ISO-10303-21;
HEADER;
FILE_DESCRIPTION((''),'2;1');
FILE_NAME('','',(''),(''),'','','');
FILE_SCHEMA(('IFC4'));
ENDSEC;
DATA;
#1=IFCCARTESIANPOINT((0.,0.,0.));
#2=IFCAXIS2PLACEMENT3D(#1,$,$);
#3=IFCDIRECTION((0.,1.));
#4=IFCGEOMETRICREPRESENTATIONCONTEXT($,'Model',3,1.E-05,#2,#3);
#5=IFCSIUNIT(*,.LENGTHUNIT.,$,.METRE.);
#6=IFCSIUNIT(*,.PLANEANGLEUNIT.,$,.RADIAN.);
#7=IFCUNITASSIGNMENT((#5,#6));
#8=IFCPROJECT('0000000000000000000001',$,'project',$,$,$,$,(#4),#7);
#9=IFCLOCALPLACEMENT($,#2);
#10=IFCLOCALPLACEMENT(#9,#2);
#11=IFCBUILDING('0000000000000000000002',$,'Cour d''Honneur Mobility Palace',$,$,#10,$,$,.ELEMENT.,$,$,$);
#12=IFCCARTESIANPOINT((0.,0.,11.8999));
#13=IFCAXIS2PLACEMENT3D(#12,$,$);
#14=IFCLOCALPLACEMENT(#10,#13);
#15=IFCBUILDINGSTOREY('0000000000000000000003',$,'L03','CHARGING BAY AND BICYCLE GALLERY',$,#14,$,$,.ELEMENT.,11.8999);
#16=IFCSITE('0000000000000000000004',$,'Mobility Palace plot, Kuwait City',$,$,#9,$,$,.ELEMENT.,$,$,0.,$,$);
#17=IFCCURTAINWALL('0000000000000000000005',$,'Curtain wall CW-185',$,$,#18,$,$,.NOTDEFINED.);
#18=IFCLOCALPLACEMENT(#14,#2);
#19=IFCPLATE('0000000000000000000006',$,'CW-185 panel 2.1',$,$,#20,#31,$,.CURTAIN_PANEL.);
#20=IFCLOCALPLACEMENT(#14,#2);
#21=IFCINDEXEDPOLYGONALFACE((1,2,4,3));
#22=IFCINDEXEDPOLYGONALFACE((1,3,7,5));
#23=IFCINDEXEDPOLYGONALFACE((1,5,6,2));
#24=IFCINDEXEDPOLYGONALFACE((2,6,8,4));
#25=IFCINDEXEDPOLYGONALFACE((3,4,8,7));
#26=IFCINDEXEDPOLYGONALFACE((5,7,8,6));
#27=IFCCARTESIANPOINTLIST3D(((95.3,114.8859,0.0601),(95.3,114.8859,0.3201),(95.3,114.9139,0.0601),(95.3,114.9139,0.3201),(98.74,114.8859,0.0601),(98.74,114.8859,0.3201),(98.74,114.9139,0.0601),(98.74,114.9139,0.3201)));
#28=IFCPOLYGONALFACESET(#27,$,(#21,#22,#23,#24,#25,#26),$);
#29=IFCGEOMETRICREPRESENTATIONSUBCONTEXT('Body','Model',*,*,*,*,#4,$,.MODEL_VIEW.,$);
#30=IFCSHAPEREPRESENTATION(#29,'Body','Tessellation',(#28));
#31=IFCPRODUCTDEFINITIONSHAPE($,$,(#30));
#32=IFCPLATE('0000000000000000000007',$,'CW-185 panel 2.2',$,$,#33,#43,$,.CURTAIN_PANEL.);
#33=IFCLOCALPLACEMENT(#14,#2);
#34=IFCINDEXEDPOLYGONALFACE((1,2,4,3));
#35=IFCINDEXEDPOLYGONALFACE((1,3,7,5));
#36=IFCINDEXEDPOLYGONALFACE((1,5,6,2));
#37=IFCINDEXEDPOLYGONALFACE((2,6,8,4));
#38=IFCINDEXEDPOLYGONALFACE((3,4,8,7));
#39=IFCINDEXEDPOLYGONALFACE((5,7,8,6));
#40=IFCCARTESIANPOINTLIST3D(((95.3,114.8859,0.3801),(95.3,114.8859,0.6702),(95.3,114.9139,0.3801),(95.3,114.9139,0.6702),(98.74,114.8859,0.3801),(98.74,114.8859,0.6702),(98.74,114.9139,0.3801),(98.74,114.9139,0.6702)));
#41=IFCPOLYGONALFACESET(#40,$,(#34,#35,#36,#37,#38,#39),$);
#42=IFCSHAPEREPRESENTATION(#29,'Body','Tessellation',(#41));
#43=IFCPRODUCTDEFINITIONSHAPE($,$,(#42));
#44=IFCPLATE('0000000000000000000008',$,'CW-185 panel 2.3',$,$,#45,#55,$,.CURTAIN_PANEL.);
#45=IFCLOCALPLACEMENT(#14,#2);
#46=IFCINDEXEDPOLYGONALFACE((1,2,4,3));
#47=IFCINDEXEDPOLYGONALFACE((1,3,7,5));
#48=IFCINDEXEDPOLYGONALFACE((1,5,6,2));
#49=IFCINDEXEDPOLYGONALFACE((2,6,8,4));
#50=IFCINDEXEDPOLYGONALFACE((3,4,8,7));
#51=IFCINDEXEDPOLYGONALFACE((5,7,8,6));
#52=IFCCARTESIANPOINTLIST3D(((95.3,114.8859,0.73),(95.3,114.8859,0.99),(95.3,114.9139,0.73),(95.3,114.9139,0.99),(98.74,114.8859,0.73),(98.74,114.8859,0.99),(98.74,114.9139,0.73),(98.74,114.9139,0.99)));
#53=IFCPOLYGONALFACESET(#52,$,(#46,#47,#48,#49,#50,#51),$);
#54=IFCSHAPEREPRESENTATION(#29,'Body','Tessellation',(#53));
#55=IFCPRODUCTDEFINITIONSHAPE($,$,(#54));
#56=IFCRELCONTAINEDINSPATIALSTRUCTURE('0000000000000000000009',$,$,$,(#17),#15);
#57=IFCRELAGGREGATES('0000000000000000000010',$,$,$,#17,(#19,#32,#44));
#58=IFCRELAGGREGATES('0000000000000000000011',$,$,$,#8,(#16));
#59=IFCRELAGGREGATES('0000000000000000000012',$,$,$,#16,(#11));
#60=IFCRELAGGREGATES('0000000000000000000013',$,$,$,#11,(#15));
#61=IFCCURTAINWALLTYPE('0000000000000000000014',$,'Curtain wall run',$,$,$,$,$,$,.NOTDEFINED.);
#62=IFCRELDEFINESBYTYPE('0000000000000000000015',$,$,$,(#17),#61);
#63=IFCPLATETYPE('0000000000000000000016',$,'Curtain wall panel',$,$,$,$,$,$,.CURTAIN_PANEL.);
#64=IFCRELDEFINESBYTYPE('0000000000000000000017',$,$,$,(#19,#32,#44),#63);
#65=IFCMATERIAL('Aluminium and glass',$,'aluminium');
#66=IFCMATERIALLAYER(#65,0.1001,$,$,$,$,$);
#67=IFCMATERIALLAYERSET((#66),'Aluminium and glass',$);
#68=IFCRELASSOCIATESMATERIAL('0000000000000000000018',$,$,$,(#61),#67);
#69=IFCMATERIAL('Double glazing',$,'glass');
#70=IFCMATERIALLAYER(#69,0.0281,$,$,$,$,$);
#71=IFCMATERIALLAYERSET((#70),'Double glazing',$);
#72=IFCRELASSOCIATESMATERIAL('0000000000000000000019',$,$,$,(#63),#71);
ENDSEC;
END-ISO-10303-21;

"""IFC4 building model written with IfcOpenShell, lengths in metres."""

from ifc_helpers import new_model, si_unit, direction, frame, origin, origin_2d, place, context, subcontext, project, spatial, rectangle, extrude, material, layer, layer_set, type_object, element, aggregate, save


model = new_model("IFC4")

# Units and contexts
model_context = context("Model", 3, precision=1e-05, world=origin(), true_north=direction((0.0, 1.0)))
body_context = subcontext(model_context, "Body", "Model", "MODEL_VIEW")
ifc_project = project(units=[si_unit("LENGTHUNIT", "METRE"), si_unit("PLANEANGLEUNIT", "RADIAN")], contexts=[model_context])

# Site, building, storey
site_placement = place(None, origin())
site = spatial("IfcSite", under=ifc_project, at=site_placement, Name="Mobility Palace plot, Kuwait City", CompositionType="ELEMENT", RefElevation=0.0)
building_placement = place(site_placement, origin())
building = spatial("IfcBuilding", under=site, at=building_placement, Name="Cour d'Honneur Mobility Palace", CompositionType="ELEMENT")
storey_placement = place(building_placement, frame((0.0, 0.0, 11.8999)))
storey = spatial("IfcBuildingStorey", under=building, at=storey_placement, Name="L03", Description="CHARGING BAY AND BICYCLE GALLERY", CompositionType="ELEMENT", Elevation=11.8999)

# Curtain wall
ifc_material_1 = material(Name="Aluminium and glass", Category="aluminium")
ifc_layer_1 = layer(ifc_material_1, 0.1001)
ifc_layer_set_1 = layer_set([ifc_layer_1], Name="Aluminium and glass")
curtain_wall_type = type_object("IfcCurtainWallType", Name="Curtain wall run", PredefinedType="NOTDEFINED", material=ifc_layer_set_1)
curtain_wall_1_placement = place(storey_placement, origin())
curtain_wall_1 = element("IfcCurtainWall", 1, at=curtain_wall_1_placement, inside=storey, type_object=curtain_wall_type, Name="Curtain wall CW-185", PredefinedType="NOTDEFINED")

# Plates
ifc_material_2 = material(Name="Double glazing", Category="glass")
ifc_layer_2 = layer(ifc_material_2, 0.0281)
ifc_layer_set_2 = layer_set([ifc_layer_2], Name="Double glazing")
plate_type = type_object("IfcPlateType", Name="Curtain wall panel", PredefinedType="CURTAIN_PANEL", material=ifc_layer_set_2)
plate_1_placement = place(storey_placement, frame((97.02, 114.8999, 0.0601), z_axis=(0.0, 0.0, 1.0), x_axis=(1.0, 0.0, 0.0)))
plate_1 = element("IfcPlate", 2, at=plate_1_placement, type_object=plate_type, Name="CW-185 panel 2.1", PredefinedType="CURTAIN_PANEL", context=body_context, shape_type="SweptSolid", body=[
    extrude(rectangle(XDim=3.4399, YDim=0.0281, at=origin_2d()), origin(), (0.0, 0.0, 1.0), 0.26),
])
plate_2_placement = place(storey_placement, frame((97.02, 114.8999, 0.3801), z_axis=(0.0, 0.0, 1.0), x_axis=(1.0, 0.0, 0.0)))
plate_2 = element("IfcPlate", 3, at=plate_2_placement, type_object=plate_type, Name="CW-185 panel 2.2", PredefinedType="CURTAIN_PANEL", context=body_context, shape_type="SweptSolid", body=[
    extrude(rectangle(XDim=3.4399, YDim=0.0281, at=origin_2d()), origin(), (0.0, 0.0, 1.0), 0.29),
])
plate_3_placement = place(storey_placement, frame((97.02, 114.8999, 0.73), z_axis=(0.0, 0.0, 1.0), x_axis=(1.0, 0.0, 0.0)))
plate_3 = element("IfcPlate", 4, at=plate_3_placement, type_object=plate_type, Name="CW-185 panel 2.3", PredefinedType="CURTAIN_PANEL", context=body_context, shape_type="SweptSolid", body=[
    extrude(rectangle(XDim=3.4399, YDim=0.0281, at=origin_2d()), origin(), (0.0, 0.0, 1.0), 0.26),
])
aggregate(curtain_wall_1, [plate_1, plate_2, plate_3])

save(model, "model.ifc")
